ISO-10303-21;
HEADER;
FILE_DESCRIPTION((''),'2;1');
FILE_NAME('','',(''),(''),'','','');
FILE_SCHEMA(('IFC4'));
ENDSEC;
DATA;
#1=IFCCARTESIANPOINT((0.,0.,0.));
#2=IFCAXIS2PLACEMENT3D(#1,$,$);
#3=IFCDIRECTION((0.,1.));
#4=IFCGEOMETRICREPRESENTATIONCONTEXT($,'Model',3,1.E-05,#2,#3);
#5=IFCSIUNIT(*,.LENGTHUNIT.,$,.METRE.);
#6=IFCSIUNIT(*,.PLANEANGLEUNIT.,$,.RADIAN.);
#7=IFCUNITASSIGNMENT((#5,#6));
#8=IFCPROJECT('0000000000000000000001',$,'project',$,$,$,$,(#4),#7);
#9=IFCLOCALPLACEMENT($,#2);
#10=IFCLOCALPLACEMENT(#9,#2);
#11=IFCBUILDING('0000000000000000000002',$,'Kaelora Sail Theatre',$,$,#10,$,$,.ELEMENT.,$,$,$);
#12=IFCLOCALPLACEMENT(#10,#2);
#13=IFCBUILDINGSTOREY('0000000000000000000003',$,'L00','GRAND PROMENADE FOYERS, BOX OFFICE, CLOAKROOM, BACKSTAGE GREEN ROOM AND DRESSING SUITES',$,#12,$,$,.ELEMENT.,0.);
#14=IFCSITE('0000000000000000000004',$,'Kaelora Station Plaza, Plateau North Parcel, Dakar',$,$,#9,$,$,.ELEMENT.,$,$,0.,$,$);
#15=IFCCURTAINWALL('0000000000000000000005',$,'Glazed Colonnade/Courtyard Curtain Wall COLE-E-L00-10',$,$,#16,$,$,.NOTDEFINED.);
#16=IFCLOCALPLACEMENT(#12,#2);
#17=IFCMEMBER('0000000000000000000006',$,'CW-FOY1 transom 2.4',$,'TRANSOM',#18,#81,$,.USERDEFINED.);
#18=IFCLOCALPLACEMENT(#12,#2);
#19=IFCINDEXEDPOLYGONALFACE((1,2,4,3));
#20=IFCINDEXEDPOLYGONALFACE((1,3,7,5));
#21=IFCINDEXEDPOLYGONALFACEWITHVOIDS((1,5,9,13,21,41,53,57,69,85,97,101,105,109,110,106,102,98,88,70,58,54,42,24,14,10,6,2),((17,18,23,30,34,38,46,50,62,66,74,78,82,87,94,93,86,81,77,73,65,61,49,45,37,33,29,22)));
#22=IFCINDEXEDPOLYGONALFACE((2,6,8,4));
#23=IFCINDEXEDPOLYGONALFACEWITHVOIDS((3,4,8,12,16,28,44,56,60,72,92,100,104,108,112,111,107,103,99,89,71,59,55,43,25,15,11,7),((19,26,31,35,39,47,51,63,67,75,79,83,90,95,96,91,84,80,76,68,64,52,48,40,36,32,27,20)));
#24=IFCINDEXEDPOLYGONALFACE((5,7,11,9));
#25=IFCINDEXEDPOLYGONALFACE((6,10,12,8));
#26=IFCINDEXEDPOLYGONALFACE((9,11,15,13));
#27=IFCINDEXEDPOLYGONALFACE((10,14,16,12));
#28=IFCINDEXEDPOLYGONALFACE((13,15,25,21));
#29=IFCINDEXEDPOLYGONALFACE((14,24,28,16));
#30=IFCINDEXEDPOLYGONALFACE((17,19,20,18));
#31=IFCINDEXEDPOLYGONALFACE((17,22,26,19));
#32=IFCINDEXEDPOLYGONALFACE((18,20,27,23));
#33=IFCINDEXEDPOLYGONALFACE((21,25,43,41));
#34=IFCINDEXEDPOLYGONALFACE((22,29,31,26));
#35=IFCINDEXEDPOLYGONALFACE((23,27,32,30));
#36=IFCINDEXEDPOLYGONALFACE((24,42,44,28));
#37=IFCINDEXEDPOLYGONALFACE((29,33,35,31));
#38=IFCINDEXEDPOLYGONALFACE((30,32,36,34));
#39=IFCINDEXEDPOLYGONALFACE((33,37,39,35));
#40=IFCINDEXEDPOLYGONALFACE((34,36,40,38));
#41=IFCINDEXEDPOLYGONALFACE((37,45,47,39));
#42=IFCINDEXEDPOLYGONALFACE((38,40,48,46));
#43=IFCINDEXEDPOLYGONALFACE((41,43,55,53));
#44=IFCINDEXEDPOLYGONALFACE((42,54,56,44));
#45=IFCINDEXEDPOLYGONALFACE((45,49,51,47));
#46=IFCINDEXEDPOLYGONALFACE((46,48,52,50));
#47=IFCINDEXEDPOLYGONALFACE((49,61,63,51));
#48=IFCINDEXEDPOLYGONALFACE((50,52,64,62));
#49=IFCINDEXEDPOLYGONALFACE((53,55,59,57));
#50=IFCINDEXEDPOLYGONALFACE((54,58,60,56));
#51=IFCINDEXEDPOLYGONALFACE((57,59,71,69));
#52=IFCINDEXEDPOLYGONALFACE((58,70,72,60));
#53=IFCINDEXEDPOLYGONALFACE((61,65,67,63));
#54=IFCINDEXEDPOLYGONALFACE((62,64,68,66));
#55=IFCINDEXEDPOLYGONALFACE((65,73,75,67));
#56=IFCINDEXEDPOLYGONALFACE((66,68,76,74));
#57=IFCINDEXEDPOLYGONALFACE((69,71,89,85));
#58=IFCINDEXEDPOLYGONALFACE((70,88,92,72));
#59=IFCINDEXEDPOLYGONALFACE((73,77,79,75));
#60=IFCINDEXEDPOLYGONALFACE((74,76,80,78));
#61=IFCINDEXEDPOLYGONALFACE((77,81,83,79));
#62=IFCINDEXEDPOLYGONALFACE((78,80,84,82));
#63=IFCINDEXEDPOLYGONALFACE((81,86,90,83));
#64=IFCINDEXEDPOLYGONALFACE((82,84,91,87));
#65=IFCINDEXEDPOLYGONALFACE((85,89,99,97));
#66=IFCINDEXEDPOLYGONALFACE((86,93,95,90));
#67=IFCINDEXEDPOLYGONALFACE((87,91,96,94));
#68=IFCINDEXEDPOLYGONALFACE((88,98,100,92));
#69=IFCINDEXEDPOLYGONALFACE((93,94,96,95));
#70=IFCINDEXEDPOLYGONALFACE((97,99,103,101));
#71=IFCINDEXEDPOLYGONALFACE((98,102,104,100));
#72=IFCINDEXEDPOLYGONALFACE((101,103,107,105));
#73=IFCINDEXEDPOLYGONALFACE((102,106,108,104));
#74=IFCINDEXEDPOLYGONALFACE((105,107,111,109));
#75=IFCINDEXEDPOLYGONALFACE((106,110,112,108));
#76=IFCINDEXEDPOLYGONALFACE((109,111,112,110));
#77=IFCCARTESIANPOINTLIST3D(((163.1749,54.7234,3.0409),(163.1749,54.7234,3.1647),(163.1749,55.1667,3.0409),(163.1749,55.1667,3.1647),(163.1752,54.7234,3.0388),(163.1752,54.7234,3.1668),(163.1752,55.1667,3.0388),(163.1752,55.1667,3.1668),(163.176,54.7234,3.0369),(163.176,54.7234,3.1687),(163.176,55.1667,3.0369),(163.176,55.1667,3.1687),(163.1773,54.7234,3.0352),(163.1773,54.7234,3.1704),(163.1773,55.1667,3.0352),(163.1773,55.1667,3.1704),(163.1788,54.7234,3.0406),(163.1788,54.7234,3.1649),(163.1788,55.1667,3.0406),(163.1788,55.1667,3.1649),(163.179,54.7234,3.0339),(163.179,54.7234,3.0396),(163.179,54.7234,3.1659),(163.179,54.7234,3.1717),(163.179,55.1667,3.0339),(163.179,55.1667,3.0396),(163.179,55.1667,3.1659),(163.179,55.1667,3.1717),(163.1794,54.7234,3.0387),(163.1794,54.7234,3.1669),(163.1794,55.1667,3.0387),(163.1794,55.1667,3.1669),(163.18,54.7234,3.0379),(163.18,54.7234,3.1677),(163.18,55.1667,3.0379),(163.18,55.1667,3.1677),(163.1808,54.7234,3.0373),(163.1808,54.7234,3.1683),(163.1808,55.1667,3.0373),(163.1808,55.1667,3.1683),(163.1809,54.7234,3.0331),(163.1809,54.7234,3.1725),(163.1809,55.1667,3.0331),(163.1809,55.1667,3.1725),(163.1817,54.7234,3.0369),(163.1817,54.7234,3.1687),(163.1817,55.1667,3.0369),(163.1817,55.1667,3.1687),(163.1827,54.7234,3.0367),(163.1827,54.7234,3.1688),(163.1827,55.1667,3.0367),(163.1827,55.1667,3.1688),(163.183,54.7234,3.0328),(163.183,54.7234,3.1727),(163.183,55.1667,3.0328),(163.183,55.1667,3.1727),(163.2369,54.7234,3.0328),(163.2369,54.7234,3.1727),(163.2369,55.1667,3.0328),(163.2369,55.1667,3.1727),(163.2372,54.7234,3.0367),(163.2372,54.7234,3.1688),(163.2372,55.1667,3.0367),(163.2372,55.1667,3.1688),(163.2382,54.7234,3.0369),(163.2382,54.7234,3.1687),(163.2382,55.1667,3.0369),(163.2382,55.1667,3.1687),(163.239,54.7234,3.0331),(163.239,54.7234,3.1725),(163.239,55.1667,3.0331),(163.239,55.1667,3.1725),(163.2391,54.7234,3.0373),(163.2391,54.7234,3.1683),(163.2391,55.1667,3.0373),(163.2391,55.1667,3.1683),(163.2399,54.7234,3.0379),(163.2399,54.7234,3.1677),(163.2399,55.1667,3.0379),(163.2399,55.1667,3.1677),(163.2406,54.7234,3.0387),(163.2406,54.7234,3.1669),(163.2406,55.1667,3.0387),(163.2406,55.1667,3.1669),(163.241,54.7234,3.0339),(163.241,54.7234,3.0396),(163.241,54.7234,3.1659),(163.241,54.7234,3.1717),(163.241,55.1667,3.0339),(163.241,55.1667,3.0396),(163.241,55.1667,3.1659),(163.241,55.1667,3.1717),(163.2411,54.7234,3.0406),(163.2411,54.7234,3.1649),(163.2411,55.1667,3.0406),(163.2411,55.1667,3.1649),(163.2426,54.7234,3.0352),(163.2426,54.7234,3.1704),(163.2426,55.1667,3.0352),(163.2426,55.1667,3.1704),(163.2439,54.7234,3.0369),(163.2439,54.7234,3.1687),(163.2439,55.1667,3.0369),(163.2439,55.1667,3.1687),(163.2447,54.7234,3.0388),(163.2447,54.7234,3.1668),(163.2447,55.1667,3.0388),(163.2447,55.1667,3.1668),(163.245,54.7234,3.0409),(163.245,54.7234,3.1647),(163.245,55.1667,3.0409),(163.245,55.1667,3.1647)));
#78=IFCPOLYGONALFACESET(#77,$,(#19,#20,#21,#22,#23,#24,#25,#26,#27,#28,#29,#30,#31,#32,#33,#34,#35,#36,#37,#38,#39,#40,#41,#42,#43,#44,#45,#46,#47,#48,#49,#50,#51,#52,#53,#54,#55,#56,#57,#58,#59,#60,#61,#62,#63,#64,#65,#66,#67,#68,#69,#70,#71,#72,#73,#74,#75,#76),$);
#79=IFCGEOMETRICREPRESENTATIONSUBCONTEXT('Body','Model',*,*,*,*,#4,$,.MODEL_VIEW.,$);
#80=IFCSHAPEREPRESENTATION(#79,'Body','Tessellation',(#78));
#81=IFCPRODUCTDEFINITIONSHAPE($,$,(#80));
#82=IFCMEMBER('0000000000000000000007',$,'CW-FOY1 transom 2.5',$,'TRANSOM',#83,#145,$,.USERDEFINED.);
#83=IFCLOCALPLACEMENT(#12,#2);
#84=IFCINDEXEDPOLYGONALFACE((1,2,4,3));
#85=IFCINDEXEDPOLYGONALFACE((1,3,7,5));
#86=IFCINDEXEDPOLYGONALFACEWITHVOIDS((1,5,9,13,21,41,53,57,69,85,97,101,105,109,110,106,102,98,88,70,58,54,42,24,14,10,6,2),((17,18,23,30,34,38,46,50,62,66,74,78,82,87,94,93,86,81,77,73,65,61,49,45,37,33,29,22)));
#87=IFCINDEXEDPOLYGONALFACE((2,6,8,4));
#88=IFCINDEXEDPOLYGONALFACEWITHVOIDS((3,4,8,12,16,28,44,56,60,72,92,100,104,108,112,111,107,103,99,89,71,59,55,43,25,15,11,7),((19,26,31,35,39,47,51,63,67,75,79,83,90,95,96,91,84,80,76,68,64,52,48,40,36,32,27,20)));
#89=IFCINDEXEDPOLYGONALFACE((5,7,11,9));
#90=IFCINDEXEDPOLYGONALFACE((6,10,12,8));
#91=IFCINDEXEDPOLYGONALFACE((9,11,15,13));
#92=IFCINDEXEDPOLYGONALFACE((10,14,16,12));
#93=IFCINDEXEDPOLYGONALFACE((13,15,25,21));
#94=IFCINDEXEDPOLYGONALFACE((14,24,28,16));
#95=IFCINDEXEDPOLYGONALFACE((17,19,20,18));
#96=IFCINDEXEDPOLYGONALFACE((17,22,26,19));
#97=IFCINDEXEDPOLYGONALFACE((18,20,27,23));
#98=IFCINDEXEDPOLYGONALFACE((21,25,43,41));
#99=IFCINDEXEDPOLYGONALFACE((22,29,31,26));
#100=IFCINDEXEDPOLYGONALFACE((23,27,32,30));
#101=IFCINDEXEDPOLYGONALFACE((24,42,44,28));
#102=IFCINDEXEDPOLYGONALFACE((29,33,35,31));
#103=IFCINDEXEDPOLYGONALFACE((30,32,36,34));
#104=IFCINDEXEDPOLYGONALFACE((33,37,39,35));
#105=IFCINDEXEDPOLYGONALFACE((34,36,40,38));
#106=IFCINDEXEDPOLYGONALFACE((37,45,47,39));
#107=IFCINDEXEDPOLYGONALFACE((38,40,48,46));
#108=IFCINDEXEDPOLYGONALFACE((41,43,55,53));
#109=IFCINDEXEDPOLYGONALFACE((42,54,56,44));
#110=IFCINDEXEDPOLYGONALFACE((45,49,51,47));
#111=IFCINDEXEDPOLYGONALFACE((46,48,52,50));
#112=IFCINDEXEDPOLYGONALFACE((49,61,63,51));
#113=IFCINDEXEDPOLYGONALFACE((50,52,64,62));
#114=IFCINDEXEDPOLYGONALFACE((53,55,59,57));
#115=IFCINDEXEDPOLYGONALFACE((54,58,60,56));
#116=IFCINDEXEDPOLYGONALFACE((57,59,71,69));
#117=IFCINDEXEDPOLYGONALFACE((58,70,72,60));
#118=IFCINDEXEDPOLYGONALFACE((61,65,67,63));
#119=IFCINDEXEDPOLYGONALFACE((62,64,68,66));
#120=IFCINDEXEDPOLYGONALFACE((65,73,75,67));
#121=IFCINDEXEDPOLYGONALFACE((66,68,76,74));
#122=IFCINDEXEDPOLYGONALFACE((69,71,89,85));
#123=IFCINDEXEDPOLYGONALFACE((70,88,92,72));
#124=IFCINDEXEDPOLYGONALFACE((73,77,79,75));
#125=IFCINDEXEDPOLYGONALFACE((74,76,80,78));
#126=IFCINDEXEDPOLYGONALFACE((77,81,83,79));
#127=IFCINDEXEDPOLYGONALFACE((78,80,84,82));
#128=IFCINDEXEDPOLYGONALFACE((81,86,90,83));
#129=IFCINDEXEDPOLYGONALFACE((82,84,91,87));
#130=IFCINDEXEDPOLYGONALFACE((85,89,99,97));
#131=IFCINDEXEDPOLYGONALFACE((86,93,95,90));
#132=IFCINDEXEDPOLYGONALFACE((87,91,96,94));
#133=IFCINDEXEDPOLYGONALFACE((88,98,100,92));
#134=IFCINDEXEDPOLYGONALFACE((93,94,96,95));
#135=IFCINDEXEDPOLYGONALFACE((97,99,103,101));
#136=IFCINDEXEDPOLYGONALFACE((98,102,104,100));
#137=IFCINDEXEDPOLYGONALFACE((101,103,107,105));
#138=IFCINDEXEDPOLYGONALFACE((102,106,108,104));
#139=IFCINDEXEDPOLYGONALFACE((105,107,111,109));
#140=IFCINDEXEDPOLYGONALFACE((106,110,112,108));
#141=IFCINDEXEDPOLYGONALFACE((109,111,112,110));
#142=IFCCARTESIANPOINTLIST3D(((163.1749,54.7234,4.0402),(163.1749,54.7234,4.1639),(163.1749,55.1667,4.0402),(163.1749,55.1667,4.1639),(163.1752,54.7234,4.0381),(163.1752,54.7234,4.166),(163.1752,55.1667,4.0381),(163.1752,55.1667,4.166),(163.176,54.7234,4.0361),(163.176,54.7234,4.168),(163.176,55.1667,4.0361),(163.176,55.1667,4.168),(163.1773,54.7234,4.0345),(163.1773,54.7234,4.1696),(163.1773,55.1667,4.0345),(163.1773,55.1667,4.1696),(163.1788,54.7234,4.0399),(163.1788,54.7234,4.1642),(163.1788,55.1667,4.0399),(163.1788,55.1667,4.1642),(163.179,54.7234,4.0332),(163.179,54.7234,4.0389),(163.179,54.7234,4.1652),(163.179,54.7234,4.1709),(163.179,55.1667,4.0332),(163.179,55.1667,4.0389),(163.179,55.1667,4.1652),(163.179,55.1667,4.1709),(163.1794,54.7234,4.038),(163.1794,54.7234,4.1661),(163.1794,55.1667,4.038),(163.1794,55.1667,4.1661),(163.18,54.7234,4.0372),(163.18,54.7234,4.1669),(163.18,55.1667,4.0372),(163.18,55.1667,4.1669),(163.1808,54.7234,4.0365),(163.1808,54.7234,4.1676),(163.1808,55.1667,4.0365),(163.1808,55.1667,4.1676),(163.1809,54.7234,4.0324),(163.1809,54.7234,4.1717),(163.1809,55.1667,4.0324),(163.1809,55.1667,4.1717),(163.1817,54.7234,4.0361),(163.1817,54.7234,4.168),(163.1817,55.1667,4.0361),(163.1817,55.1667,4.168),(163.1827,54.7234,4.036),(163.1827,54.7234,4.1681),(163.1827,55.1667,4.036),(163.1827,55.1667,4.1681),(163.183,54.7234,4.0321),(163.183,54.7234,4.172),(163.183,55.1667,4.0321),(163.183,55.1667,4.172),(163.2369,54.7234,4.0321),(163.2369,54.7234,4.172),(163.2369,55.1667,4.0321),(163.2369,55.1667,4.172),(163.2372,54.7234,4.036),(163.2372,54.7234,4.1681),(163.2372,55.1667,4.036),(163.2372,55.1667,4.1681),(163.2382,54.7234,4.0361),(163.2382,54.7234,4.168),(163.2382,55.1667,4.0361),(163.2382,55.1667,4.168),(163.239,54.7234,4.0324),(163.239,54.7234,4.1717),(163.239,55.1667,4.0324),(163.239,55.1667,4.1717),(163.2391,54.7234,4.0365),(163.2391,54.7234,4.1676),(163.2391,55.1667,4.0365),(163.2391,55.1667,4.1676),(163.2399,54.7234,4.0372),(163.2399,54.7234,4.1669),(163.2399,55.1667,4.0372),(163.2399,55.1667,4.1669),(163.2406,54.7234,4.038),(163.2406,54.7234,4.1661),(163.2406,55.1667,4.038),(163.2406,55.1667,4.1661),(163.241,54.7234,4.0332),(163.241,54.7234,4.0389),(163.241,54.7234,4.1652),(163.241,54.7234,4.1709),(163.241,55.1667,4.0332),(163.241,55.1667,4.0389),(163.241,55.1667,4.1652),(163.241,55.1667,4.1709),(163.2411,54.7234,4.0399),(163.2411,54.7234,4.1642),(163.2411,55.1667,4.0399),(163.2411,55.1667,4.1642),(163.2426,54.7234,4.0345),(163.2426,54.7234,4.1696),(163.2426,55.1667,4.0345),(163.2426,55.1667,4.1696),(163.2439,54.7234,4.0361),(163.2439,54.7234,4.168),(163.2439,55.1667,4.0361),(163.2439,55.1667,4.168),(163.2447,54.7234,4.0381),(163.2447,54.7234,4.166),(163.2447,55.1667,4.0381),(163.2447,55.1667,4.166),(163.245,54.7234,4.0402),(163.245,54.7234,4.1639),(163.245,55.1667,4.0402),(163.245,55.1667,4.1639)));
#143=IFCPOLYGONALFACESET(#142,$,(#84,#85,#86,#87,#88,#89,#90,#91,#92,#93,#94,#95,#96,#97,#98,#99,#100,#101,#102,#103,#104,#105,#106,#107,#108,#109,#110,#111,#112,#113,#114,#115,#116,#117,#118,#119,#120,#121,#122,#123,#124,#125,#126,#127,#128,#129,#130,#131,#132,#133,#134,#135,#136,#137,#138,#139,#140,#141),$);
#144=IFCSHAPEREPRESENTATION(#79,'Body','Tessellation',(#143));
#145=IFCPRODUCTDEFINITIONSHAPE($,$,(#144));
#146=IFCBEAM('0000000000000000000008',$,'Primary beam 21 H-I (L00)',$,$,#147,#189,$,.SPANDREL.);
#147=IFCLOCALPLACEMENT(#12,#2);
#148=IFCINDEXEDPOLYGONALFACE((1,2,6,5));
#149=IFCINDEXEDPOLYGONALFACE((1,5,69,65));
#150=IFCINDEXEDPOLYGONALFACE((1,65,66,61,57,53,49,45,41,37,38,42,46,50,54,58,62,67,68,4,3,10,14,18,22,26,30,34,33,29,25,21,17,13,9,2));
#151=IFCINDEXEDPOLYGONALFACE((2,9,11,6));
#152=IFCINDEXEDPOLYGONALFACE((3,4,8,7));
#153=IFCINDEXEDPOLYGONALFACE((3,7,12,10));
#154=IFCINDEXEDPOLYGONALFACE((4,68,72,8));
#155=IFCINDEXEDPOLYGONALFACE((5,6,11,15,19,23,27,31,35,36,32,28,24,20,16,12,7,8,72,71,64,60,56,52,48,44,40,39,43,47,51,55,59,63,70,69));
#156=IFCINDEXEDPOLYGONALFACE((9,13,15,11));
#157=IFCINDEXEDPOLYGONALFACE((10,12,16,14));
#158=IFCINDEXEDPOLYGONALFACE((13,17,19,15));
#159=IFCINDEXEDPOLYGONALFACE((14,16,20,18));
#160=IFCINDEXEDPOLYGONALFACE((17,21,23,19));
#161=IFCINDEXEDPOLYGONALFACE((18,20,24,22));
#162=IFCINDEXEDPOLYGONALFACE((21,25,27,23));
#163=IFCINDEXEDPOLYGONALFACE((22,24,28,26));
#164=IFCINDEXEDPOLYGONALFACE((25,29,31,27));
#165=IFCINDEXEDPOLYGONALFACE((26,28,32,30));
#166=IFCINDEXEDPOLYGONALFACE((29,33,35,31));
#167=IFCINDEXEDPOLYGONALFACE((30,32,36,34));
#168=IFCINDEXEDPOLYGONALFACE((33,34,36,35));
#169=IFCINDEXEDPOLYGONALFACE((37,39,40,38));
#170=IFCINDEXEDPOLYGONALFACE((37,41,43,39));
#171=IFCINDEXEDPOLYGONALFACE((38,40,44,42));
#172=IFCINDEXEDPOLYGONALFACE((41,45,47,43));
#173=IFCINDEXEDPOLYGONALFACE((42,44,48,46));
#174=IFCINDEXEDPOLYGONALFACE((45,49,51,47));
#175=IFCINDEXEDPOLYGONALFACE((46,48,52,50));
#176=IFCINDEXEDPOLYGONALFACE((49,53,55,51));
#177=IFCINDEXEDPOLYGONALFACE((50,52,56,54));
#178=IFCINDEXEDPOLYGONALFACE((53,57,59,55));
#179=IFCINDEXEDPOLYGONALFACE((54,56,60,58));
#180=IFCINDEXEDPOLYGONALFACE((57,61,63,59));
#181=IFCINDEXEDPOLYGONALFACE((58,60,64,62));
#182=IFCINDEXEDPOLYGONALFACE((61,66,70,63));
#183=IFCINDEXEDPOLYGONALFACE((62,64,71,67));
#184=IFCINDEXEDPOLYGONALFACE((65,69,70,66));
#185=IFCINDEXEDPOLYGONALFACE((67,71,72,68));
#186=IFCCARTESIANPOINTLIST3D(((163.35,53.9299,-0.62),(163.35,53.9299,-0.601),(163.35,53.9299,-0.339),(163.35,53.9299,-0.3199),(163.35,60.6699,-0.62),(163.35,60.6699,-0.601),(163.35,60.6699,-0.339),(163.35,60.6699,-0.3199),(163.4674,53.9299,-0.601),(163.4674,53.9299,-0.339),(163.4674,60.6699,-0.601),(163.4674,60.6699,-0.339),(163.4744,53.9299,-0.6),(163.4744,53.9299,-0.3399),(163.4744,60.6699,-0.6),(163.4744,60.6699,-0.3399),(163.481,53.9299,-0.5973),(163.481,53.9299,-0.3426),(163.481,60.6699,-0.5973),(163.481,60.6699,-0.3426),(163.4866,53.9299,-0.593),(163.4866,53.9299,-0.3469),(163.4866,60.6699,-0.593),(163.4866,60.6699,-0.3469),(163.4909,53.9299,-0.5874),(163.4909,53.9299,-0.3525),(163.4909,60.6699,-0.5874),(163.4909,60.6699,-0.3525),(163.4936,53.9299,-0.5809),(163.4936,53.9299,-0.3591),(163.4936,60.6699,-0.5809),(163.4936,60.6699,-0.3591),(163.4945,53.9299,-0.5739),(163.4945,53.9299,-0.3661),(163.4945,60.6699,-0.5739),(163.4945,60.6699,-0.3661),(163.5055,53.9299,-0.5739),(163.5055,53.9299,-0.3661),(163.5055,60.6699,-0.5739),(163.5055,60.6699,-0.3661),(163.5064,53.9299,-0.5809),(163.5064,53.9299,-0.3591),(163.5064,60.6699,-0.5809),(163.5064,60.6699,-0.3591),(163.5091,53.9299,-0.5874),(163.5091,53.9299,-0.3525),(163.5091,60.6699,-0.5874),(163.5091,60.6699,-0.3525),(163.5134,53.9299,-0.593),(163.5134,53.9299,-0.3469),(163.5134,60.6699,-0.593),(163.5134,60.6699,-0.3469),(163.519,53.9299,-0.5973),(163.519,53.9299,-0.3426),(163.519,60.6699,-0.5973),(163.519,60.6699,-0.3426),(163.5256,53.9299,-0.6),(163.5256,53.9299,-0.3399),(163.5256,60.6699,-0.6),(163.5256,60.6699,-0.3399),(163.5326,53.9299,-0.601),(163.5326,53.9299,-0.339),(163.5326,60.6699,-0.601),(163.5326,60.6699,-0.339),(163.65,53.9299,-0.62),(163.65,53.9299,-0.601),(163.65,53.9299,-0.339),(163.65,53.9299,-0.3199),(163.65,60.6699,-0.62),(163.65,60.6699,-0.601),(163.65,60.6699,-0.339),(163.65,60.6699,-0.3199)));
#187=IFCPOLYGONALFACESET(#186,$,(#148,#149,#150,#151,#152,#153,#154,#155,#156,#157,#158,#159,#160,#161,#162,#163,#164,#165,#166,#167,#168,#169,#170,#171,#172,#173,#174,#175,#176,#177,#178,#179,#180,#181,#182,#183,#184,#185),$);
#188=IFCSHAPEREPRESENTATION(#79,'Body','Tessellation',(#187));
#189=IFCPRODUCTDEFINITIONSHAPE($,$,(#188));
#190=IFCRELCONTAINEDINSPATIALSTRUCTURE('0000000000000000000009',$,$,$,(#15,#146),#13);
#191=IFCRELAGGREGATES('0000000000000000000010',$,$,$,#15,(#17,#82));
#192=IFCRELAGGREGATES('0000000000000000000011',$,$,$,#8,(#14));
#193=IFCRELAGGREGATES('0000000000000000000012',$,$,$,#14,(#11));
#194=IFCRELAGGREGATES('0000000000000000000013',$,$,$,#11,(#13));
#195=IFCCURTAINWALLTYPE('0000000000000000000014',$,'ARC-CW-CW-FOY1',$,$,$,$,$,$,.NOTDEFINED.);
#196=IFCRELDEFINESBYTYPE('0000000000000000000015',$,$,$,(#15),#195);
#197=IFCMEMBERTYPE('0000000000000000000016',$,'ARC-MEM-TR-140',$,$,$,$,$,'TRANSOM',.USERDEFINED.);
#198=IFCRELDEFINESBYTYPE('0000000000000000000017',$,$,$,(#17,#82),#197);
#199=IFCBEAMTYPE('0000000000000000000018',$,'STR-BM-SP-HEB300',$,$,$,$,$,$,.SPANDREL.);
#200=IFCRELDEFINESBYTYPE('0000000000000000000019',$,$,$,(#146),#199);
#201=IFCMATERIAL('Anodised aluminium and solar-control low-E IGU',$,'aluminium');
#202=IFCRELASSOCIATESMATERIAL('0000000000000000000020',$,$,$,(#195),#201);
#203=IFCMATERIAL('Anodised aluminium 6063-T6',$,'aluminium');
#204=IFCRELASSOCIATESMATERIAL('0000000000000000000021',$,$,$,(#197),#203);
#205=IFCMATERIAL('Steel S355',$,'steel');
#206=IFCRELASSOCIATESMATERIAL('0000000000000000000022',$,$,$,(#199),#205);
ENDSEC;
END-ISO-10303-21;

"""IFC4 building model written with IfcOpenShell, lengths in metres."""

from ifc_helpers import new_model, si_unit, direction, frame, origin, origin_2d, place, context, subcontext, project, spatial, hollow_rectangle, i_section, extrude, material, material_profile, profile_set, type_object, element, aggregate, save


model = new_model("IFC4")

# Units and contexts
model_context = context("Model", 3, precision=1e-05, world=origin(), true_north=direction((0.0, 1.0)))
body_context = subcontext(model_context, "Body", "Model", "MODEL_VIEW")
ifc_project = project(units=[si_unit("LENGTHUNIT", "METRE"), si_unit("PLANEANGLEUNIT", "RADIAN")], contexts=[model_context])

# Site, building, storey
site_placement = place(None, origin())
site = spatial("IfcSite", under=ifc_project, at=site_placement, Name="Kaelora Station Plaza, Plateau North Parcel, Dakar", CompositionType="ELEMENT", RefElevation=0.0)
building_placement = place(site_placement, origin())
building = spatial("IfcBuilding", under=site, at=building_placement, Name="Kaelora Sail Theatre", CompositionType="ELEMENT")
storey_placement = place(building_placement, origin())
storey = spatial("IfcBuildingStorey", under=building, at=storey_placement, Name="L00", Description="GRAND PROMENADE FOYERS, BOX OFFICE, CLOAKROOM, BACKSTAGE GREEN ROOM AND DRESSING SUITES", CompositionType="ELEMENT", Elevation=0.0)

# Curtain wall, members
ifc_material_1 = material(Name="Anodised aluminium and solar-control low-E IGU", Category="aluminium")
curtain_wall_type = type_object("IfcCurtainWallType", Name="ARC-CW-CW-FOY1", PredefinedType="NOTDEFINED", material=ifc_material_1)
curtain_wall_placement = place(storey_placement, origin())
curtain_wall = element("IfcCurtainWall", 1, at=curtain_wall_placement, inside=storey, type_object=curtain_wall_type, Name="Glazed Colonnade/Courtyard Curtain Wall COLE-E-L00-10", PredefinedType="NOTDEFINED")
ifc_material_2 = material(Name="Anodised aluminium 6063-T6", Category="aluminium")
ifc_material_profile_1 = material_profile(ifc_material_2, hollow_rectangle(XDim=0.0701, YDim=0.1399, WallThickness=0.0039, InnerFilletRadius=0.0039, OuterFilletRadius=0.0081, at=origin_2d()), Name="ALU-TRAN 70x140x4")
ifc_profile_set_1 = profile_set([ifc_material_profile_1], Name="Anodised aluminium 6063-T6")
member_type_1 = type_object("IfcMemberType", Name="ARC-MEM-TR-140", ElementType="TRANSOM", PredefinedType="USERDEFINED", material=ifc_profile_set_1)
member_1_placement = place(storey_placement, frame((163.21, 54.7234, 3.1028), z_axis=(0.0, 1.0, 0.0), x_axis=(-1.0, 0.0, 0.0)))
member_1 = element("IfcMember", 2, at=member_1_placement, type_object=member_type_1, Name="CW-FOY1 transom 2.4", ObjectType="TRANSOM", PredefinedType="USERDEFINED", context=body_context, shape_type="SweptSolid", body=[
    extrude(hollow_rectangle(XDim=0.0701, YDim=0.1399, WallThickness=0.0039, InnerFilletRadius=0.0039, OuterFilletRadius=0.0081, at=origin_2d()), origin(), (0.0, 0.0, 1.0), 0.4434),
])
member_2_placement = place(storey_placement, frame((163.21, 54.7234, 4.1021), z_axis=(0.0, 1.0, 0.0), x_axis=(-1.0, 0.0, 0.0)))
member_2 = element("IfcMember", 3, at=member_2_placement, type_object=member_type_1, Name="CW-FOY1 transom 2.5", ObjectType="TRANSOM", PredefinedType="USERDEFINED", context=body_context, shape_type="SweptSolid", body=[
    extrude(hollow_rectangle(XDim=0.0701, YDim=0.1399, WallThickness=0.0039, InnerFilletRadius=0.0039, OuterFilletRadius=0.0081, at=origin_2d()), origin(), (0.0, 0.0, 1.0), 0.4434),
])

# Beam
ifc_material_3 = material(Name="Steel S355", Category="steel")
ifc_material_profile_2 = material_profile(ifc_material_3, i_section(OverallWidth=0.3, OverallDepth=0.3, WebThickness=0.011, FlangeThickness=0.019, FilletRadius=0.0271, at=origin_2d()), Name="HEB 300")
ifc_profile_set_2 = profile_set([ifc_material_profile_2], Name="Steel S355")
beam_type = type_object("IfcBeamType", Name="STR-BM-SP-HEB300", PredefinedType="SPANDREL", material=ifc_profile_set_2)
beam_placement = place(storey_placement, frame((163.5, 53.9299, -0.47), z_axis=(0.0, 1.0, 0.0), x_axis=(-1.0, 0.0, 0.0)))
element("IfcBeam", 4, at=beam_placement, inside=storey, type_object=beam_type, Name="Primary beam 21 H-I (L00)", PredefinedType="SPANDREL", context=body_context, shape_type="SweptSolid", body=[
    extrude(i_section(OverallWidth=0.3, OverallDepth=0.3, WebThickness=0.011, FlangeThickness=0.019, FilletRadius=0.0271, at=origin_2d()), origin(), (0.0, 0.0, 1.0), 6.74),
])

aggregate(curtain_wall, [member_1, member_2])

save(model, "model.ifc")
